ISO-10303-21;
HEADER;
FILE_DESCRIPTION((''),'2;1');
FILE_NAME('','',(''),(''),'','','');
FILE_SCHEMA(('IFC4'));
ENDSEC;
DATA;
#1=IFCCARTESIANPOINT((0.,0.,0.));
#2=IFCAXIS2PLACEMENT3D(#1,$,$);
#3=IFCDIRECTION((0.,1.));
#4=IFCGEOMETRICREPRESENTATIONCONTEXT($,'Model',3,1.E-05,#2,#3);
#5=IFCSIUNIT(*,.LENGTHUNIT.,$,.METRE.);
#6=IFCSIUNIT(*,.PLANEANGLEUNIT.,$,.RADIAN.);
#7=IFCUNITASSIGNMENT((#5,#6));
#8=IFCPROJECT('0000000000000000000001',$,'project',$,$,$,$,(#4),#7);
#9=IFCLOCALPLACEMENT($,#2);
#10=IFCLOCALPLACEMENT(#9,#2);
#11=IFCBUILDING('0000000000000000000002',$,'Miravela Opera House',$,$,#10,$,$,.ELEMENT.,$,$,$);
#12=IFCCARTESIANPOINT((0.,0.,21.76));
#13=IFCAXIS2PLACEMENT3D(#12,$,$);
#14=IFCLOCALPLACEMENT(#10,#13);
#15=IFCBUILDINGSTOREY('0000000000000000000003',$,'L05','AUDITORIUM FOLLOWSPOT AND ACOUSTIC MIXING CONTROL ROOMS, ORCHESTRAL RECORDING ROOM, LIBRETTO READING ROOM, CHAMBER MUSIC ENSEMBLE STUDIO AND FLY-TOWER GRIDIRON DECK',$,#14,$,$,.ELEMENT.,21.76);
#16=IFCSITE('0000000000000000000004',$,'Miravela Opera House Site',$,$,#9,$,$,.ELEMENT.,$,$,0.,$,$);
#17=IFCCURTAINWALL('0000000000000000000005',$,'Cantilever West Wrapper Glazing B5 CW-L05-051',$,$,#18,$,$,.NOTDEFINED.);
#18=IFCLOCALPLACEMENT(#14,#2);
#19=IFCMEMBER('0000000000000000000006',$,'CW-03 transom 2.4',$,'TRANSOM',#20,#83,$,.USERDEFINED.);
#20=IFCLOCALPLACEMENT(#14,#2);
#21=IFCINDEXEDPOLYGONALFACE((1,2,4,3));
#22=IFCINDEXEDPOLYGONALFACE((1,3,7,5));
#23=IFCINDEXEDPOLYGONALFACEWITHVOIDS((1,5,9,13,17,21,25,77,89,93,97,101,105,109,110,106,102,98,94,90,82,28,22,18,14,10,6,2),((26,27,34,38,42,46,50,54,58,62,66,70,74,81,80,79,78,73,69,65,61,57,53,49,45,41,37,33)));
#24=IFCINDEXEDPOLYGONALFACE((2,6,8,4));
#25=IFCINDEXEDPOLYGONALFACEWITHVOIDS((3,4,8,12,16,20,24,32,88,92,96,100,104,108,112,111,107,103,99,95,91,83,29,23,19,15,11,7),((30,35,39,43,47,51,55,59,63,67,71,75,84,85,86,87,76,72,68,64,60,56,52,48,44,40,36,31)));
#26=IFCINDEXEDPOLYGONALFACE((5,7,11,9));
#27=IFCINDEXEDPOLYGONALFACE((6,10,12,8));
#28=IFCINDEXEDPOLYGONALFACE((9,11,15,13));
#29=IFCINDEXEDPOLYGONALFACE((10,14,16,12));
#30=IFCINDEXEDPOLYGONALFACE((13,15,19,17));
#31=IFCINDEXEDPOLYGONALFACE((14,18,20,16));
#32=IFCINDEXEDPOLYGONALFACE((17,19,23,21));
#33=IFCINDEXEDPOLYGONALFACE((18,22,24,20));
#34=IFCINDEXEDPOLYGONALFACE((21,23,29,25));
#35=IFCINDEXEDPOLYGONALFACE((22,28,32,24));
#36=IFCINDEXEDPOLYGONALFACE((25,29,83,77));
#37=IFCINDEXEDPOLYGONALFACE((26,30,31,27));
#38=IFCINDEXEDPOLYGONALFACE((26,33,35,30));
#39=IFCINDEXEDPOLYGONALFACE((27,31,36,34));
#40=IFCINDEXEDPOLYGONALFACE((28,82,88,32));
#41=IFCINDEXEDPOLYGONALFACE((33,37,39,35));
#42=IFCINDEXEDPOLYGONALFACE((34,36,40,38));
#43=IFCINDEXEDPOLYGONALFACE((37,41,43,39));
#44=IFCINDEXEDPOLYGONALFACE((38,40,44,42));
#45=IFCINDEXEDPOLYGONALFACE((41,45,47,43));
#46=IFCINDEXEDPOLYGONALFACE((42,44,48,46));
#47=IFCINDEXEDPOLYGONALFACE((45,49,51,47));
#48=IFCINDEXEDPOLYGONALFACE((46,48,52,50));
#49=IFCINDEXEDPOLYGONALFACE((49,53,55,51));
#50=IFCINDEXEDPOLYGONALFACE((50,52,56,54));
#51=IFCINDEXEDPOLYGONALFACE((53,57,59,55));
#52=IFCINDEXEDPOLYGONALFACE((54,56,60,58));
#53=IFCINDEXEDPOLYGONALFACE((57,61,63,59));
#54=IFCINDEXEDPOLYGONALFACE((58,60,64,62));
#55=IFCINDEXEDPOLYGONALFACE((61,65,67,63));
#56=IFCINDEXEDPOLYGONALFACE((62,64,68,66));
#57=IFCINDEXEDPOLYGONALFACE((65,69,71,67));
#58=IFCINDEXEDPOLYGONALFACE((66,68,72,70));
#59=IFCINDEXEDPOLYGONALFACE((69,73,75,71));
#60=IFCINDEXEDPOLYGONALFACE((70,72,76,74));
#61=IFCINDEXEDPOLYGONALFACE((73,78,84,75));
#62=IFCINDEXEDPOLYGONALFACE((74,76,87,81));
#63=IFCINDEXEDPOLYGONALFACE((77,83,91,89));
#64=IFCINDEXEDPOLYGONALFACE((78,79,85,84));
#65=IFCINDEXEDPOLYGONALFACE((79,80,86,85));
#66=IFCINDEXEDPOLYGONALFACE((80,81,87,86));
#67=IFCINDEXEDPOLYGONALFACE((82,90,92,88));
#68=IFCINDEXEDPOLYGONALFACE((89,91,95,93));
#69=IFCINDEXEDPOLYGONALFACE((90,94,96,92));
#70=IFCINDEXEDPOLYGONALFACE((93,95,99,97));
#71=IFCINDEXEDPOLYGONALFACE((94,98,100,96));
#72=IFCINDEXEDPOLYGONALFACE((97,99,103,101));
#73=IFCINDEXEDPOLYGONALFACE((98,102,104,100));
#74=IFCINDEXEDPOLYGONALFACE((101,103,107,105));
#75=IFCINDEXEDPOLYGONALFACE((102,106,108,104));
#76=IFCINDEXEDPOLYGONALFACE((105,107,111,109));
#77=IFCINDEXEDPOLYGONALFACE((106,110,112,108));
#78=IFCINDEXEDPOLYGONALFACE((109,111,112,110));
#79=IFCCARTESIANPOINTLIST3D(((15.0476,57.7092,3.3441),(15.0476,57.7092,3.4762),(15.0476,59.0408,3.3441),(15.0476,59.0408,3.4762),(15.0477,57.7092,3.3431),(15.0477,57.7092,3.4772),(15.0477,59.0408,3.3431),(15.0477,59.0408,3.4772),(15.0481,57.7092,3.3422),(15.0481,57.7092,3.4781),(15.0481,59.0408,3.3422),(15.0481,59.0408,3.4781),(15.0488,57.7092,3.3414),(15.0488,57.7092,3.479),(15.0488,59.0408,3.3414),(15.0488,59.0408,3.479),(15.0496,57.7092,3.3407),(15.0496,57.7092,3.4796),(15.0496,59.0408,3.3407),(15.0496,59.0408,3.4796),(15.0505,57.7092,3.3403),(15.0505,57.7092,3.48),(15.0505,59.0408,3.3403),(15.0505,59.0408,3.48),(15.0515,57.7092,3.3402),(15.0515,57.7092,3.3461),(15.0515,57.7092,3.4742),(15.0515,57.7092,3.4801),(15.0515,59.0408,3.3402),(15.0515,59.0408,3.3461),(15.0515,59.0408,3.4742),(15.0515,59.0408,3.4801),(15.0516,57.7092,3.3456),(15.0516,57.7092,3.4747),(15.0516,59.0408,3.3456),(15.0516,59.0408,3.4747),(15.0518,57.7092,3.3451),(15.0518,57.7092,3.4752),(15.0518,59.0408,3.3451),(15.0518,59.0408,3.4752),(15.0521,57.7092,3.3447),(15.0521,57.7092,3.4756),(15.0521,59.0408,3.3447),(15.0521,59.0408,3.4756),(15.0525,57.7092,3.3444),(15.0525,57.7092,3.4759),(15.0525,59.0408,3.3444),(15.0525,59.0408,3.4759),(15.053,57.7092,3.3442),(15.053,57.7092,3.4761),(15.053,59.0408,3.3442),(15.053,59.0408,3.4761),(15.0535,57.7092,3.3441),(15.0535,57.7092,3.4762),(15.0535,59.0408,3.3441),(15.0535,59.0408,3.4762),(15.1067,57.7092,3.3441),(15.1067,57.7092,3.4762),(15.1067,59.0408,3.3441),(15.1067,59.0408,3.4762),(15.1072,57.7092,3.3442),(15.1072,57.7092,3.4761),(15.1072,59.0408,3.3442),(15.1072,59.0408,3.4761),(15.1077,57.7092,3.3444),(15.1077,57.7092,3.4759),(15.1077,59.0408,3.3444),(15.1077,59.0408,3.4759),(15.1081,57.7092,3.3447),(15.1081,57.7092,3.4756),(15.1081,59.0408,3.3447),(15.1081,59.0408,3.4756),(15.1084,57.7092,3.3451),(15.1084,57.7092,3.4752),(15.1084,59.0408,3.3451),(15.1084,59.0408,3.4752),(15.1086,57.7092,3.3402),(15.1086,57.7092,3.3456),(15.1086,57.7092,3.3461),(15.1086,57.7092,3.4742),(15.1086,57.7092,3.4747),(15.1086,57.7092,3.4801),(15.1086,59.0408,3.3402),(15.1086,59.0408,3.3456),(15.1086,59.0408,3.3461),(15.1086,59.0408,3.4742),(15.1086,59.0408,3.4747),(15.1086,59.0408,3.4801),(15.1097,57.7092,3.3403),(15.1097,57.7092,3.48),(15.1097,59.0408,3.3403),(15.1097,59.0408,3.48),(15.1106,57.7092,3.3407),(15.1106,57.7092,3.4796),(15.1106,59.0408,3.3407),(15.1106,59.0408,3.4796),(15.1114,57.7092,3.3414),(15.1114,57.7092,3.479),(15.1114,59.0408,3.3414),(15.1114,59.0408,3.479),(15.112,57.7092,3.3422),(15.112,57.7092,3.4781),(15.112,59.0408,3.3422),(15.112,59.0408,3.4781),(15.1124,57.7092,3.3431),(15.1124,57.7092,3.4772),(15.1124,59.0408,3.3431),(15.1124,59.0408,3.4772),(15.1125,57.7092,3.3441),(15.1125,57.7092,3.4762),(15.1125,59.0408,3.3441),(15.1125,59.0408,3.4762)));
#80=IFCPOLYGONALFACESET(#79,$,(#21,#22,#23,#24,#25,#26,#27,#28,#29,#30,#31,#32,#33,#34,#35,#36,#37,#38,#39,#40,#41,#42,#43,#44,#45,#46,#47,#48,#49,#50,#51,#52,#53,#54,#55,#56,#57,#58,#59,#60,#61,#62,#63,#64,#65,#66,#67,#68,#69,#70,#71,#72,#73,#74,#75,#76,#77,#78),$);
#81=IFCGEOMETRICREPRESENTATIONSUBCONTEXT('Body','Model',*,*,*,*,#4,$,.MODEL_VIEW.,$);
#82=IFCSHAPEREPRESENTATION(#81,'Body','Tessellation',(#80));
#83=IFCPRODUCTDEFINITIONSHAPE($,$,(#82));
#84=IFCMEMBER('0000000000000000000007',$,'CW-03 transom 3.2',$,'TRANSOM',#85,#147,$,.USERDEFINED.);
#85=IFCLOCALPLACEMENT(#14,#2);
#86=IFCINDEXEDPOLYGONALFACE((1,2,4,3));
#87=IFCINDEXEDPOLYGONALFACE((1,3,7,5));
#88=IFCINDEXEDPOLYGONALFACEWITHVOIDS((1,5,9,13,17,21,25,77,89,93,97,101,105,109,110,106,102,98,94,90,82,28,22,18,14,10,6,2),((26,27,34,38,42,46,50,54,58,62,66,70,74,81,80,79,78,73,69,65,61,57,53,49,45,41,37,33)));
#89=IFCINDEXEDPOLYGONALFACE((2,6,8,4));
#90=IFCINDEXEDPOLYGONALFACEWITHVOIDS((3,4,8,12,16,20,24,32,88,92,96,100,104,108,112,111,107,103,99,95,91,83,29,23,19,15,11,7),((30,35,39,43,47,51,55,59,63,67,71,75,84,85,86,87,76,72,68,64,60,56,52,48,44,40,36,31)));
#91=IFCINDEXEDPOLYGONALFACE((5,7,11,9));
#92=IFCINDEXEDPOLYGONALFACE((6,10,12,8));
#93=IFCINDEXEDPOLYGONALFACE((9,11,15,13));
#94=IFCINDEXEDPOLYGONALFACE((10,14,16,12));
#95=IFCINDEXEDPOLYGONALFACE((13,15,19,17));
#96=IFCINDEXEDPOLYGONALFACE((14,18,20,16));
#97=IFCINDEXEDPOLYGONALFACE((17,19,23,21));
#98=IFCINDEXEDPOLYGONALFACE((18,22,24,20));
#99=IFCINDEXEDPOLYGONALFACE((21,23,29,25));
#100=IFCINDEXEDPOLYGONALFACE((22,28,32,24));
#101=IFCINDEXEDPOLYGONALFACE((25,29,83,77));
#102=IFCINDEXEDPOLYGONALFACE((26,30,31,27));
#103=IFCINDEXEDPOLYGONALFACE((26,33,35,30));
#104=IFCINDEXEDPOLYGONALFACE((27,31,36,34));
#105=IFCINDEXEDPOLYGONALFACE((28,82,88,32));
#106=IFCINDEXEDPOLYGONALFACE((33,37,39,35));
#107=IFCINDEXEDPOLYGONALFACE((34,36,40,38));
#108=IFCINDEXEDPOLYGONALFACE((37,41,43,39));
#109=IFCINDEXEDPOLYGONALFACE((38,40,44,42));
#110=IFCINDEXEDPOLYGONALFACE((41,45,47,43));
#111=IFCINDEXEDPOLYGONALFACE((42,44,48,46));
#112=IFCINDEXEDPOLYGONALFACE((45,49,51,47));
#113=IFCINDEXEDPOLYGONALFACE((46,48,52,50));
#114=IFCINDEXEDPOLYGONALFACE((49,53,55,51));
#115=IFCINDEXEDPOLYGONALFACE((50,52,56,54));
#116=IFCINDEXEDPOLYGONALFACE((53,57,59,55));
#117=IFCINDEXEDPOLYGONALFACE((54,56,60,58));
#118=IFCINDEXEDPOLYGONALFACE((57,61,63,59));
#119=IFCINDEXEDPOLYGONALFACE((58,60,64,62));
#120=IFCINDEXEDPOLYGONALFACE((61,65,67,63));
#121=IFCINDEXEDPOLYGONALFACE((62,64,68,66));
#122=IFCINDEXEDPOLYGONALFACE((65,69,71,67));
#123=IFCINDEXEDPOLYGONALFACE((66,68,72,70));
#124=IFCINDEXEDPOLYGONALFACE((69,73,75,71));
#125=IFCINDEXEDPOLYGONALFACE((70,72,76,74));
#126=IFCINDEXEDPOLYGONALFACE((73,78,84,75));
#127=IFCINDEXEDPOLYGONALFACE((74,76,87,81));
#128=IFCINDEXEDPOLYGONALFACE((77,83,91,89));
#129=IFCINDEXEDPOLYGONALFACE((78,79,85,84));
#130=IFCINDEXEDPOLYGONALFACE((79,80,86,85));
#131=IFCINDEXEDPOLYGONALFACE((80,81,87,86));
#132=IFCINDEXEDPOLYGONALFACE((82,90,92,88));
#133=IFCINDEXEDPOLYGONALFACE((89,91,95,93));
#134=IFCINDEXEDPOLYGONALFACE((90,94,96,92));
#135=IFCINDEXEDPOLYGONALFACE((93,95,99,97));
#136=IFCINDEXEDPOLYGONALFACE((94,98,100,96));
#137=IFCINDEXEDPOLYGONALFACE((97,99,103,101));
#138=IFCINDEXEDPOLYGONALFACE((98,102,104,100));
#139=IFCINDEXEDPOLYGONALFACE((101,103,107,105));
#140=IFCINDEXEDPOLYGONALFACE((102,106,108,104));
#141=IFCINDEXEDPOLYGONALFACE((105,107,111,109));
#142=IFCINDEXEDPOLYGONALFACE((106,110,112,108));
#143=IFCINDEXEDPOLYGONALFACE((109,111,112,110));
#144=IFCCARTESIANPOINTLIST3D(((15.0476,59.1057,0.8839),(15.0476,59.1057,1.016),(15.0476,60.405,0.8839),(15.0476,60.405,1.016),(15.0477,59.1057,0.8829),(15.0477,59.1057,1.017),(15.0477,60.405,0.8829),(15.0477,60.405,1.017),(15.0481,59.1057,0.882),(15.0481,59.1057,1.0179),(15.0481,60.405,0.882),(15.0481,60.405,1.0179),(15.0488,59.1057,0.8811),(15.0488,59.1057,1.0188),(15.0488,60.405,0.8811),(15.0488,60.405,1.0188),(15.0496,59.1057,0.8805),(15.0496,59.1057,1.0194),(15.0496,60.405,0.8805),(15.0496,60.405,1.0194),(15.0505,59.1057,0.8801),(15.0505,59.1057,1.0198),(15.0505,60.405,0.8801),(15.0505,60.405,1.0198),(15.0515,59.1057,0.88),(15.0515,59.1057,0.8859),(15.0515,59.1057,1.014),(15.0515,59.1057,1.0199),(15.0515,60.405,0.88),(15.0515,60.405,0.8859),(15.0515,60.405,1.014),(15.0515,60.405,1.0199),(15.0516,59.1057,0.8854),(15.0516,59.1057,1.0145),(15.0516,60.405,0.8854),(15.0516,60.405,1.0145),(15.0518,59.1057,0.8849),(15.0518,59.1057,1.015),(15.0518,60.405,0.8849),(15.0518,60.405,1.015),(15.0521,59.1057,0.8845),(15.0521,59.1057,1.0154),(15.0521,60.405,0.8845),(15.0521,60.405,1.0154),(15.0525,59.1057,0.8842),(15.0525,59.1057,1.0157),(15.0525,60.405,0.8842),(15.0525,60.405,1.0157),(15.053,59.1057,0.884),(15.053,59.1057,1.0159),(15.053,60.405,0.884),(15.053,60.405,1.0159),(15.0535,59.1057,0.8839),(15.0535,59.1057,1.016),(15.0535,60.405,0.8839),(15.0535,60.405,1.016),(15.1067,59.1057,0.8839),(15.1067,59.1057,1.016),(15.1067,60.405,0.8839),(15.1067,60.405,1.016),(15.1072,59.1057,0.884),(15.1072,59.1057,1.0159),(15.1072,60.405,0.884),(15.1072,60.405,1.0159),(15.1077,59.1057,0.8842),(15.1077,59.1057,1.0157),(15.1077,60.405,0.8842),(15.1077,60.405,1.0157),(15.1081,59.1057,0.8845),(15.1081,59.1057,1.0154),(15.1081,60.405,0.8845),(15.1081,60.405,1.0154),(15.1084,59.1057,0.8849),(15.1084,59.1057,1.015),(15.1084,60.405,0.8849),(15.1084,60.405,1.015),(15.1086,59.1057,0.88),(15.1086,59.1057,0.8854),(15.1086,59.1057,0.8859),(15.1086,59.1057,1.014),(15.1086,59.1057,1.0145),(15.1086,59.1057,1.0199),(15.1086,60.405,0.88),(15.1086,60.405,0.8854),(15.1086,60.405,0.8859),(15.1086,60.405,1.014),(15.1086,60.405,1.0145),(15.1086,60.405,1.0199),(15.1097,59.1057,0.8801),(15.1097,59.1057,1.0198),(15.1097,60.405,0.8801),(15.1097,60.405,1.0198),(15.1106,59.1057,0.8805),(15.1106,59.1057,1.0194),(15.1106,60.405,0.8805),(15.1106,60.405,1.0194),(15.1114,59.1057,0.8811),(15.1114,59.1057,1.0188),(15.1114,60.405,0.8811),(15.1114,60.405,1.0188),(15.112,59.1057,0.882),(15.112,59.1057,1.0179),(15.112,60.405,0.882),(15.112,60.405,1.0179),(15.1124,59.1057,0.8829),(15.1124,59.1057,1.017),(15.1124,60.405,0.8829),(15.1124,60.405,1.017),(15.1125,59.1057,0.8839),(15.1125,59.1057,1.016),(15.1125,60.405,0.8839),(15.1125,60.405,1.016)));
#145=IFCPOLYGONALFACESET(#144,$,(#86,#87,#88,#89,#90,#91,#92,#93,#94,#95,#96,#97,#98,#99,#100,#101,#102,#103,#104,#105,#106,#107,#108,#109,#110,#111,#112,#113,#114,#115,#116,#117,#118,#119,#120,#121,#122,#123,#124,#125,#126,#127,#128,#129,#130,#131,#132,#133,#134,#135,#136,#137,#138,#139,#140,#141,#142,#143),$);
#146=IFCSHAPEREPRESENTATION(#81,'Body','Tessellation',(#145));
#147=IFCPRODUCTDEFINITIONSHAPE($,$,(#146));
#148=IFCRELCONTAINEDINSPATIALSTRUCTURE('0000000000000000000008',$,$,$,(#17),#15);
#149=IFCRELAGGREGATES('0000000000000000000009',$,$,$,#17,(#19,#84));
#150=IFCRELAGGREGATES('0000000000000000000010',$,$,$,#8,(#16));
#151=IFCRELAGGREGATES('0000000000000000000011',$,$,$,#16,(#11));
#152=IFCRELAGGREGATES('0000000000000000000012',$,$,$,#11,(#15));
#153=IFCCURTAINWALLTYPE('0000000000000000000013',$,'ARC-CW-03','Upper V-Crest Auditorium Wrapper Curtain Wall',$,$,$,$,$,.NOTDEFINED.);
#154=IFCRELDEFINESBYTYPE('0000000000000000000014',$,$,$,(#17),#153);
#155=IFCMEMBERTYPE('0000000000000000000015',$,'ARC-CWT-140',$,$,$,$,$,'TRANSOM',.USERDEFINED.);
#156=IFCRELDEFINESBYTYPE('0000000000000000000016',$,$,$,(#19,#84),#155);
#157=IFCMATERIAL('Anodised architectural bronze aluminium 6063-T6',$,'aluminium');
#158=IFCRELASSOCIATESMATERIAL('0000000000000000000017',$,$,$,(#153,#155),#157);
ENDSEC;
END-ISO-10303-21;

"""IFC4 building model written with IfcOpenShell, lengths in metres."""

from ifc_helpers import new_model, si_unit, direction, frame, origin, origin_2d, place, context, subcontext, project, spatial, hollow_rectangle, extrude, material, material_profile, profile_set, type_object, element, aggregate, save


model = new_model("IFC4")

# Units and contexts
model_context = context("Model", 3, precision=1e-05, world=origin(), true_north=direction((0.0, 1.0)))
body_context = subcontext(model_context, "Body", "Model", "MODEL_VIEW")
ifc_project = project(units=[si_unit("LENGTHUNIT", "METRE"), si_unit("PLANEANGLEUNIT", "RADIAN")], contexts=[model_context])

# Site, building, storey
site_placement = place(None, origin())
site = spatial("IfcSite", under=ifc_project, at=site_placement, Name="Miravela Opera House Site", CompositionType="ELEMENT", RefElevation=0.0)
building_placement = place(site_placement, origin())
building = spatial("IfcBuilding", under=site, at=building_placement, Name="Miravela Opera House", CompositionType="ELEMENT")
storey_placement = place(building_placement, frame((0.0, 0.0, 21.76)))
storey = spatial("IfcBuildingStorey", under=building, at=storey_placement, Name="L05", Description="AUDITORIUM FOLLOWSPOT AND ACOUSTIC MIXING CONTROL ROOMS, ORCHESTRAL RECORDING ROOM, LIBRETTO READING ROOM, CHAMBER MUSIC ENSEMBLE STUDIO AND FLY-TOWER GRIDIRON DECK", CompositionType="ELEMENT", Elevation=21.76)

# Curtain wall, members
ifc_material_1 = material(Name="Anodised architectural bronze aluminium 6063-T6", Category="aluminium")
curtain_wall_type = type_object("IfcCurtainWallType", Name="ARC-CW-03", Description="Upper V-Crest Auditorium Wrapper Curtain Wall", PredefinedType="NOTDEFINED", material=ifc_material_1)
curtain_wall_1_placement = place(storey_placement, origin())
curtain_wall_1 = element("IfcCurtainWall", 1, at=curtain_wall_1_placement, inside=storey, type_object=curtain_wall_type, Name="Cantilever West Wrapper Glazing B5 CW-L05-051", PredefinedType="NOTDEFINED")
ifc_material_profile_1 = material_profile(ifc_material_1, hollow_rectangle(XDim=0.0649, YDim=0.1399, WallThickness=0.0039, InnerFilletRadius=0.002, OuterFilletRadius=0.0039, at=origin_2d()), Name="CWT-65X140")
ifc_profile_set_1 = profile_set([ifc_material_profile_1])
member_type_1 = type_object("IfcMemberType", Name="ARC-CWT-140", ElementType="TRANSOM", PredefinedType="USERDEFINED", material=ifc_profile_set_1)
member_1_placement = place(storey_placement, frame((15.0801, 57.7092, 3.4102), z_axis=(0.0, 1.0, 0.0), x_axis=(-1.0, 0.0, 0.0)))
member_1 = element("IfcMember", 2, at=member_1_placement, type_object=member_type_1, Name="CW-03 transom 2.4", ObjectType="TRANSOM", PredefinedType="USERDEFINED", context=body_context, shape_type="SweptSolid", body=[
    extrude(hollow_rectangle(XDim=0.0649, YDim=0.1399, WallThickness=0.0039, InnerFilletRadius=0.002, OuterFilletRadius=0.0039, at=origin_2d()), origin(), (0.0, 0.0, 1.0), 1.3315),
])
member_2_placement = place(storey_placement, frame((15.0801, 59.1057, 0.95), z_axis=(0.0, 1.0, 0.0), x_axis=(-1.0, 0.0, 0.0)))
member_2 = element("IfcMember", 3, at=member_2_placement, type_object=member_type_1, Name="CW-03 transom 3.2", ObjectType="TRANSOM", PredefinedType="USERDEFINED", context=body_context, shape_type="SweptSolid", body=[
    extrude(hollow_rectangle(XDim=0.0649, YDim=0.1399, WallThickness=0.0039, InnerFilletRadius=0.002, OuterFilletRadius=0.0039, at=origin_2d()), origin(), (0.0, 0.0, 1.0), 1.2993),
])

aggregate(curtain_wall_1, [member_1, member_2])

save(model, "model.ifc")
